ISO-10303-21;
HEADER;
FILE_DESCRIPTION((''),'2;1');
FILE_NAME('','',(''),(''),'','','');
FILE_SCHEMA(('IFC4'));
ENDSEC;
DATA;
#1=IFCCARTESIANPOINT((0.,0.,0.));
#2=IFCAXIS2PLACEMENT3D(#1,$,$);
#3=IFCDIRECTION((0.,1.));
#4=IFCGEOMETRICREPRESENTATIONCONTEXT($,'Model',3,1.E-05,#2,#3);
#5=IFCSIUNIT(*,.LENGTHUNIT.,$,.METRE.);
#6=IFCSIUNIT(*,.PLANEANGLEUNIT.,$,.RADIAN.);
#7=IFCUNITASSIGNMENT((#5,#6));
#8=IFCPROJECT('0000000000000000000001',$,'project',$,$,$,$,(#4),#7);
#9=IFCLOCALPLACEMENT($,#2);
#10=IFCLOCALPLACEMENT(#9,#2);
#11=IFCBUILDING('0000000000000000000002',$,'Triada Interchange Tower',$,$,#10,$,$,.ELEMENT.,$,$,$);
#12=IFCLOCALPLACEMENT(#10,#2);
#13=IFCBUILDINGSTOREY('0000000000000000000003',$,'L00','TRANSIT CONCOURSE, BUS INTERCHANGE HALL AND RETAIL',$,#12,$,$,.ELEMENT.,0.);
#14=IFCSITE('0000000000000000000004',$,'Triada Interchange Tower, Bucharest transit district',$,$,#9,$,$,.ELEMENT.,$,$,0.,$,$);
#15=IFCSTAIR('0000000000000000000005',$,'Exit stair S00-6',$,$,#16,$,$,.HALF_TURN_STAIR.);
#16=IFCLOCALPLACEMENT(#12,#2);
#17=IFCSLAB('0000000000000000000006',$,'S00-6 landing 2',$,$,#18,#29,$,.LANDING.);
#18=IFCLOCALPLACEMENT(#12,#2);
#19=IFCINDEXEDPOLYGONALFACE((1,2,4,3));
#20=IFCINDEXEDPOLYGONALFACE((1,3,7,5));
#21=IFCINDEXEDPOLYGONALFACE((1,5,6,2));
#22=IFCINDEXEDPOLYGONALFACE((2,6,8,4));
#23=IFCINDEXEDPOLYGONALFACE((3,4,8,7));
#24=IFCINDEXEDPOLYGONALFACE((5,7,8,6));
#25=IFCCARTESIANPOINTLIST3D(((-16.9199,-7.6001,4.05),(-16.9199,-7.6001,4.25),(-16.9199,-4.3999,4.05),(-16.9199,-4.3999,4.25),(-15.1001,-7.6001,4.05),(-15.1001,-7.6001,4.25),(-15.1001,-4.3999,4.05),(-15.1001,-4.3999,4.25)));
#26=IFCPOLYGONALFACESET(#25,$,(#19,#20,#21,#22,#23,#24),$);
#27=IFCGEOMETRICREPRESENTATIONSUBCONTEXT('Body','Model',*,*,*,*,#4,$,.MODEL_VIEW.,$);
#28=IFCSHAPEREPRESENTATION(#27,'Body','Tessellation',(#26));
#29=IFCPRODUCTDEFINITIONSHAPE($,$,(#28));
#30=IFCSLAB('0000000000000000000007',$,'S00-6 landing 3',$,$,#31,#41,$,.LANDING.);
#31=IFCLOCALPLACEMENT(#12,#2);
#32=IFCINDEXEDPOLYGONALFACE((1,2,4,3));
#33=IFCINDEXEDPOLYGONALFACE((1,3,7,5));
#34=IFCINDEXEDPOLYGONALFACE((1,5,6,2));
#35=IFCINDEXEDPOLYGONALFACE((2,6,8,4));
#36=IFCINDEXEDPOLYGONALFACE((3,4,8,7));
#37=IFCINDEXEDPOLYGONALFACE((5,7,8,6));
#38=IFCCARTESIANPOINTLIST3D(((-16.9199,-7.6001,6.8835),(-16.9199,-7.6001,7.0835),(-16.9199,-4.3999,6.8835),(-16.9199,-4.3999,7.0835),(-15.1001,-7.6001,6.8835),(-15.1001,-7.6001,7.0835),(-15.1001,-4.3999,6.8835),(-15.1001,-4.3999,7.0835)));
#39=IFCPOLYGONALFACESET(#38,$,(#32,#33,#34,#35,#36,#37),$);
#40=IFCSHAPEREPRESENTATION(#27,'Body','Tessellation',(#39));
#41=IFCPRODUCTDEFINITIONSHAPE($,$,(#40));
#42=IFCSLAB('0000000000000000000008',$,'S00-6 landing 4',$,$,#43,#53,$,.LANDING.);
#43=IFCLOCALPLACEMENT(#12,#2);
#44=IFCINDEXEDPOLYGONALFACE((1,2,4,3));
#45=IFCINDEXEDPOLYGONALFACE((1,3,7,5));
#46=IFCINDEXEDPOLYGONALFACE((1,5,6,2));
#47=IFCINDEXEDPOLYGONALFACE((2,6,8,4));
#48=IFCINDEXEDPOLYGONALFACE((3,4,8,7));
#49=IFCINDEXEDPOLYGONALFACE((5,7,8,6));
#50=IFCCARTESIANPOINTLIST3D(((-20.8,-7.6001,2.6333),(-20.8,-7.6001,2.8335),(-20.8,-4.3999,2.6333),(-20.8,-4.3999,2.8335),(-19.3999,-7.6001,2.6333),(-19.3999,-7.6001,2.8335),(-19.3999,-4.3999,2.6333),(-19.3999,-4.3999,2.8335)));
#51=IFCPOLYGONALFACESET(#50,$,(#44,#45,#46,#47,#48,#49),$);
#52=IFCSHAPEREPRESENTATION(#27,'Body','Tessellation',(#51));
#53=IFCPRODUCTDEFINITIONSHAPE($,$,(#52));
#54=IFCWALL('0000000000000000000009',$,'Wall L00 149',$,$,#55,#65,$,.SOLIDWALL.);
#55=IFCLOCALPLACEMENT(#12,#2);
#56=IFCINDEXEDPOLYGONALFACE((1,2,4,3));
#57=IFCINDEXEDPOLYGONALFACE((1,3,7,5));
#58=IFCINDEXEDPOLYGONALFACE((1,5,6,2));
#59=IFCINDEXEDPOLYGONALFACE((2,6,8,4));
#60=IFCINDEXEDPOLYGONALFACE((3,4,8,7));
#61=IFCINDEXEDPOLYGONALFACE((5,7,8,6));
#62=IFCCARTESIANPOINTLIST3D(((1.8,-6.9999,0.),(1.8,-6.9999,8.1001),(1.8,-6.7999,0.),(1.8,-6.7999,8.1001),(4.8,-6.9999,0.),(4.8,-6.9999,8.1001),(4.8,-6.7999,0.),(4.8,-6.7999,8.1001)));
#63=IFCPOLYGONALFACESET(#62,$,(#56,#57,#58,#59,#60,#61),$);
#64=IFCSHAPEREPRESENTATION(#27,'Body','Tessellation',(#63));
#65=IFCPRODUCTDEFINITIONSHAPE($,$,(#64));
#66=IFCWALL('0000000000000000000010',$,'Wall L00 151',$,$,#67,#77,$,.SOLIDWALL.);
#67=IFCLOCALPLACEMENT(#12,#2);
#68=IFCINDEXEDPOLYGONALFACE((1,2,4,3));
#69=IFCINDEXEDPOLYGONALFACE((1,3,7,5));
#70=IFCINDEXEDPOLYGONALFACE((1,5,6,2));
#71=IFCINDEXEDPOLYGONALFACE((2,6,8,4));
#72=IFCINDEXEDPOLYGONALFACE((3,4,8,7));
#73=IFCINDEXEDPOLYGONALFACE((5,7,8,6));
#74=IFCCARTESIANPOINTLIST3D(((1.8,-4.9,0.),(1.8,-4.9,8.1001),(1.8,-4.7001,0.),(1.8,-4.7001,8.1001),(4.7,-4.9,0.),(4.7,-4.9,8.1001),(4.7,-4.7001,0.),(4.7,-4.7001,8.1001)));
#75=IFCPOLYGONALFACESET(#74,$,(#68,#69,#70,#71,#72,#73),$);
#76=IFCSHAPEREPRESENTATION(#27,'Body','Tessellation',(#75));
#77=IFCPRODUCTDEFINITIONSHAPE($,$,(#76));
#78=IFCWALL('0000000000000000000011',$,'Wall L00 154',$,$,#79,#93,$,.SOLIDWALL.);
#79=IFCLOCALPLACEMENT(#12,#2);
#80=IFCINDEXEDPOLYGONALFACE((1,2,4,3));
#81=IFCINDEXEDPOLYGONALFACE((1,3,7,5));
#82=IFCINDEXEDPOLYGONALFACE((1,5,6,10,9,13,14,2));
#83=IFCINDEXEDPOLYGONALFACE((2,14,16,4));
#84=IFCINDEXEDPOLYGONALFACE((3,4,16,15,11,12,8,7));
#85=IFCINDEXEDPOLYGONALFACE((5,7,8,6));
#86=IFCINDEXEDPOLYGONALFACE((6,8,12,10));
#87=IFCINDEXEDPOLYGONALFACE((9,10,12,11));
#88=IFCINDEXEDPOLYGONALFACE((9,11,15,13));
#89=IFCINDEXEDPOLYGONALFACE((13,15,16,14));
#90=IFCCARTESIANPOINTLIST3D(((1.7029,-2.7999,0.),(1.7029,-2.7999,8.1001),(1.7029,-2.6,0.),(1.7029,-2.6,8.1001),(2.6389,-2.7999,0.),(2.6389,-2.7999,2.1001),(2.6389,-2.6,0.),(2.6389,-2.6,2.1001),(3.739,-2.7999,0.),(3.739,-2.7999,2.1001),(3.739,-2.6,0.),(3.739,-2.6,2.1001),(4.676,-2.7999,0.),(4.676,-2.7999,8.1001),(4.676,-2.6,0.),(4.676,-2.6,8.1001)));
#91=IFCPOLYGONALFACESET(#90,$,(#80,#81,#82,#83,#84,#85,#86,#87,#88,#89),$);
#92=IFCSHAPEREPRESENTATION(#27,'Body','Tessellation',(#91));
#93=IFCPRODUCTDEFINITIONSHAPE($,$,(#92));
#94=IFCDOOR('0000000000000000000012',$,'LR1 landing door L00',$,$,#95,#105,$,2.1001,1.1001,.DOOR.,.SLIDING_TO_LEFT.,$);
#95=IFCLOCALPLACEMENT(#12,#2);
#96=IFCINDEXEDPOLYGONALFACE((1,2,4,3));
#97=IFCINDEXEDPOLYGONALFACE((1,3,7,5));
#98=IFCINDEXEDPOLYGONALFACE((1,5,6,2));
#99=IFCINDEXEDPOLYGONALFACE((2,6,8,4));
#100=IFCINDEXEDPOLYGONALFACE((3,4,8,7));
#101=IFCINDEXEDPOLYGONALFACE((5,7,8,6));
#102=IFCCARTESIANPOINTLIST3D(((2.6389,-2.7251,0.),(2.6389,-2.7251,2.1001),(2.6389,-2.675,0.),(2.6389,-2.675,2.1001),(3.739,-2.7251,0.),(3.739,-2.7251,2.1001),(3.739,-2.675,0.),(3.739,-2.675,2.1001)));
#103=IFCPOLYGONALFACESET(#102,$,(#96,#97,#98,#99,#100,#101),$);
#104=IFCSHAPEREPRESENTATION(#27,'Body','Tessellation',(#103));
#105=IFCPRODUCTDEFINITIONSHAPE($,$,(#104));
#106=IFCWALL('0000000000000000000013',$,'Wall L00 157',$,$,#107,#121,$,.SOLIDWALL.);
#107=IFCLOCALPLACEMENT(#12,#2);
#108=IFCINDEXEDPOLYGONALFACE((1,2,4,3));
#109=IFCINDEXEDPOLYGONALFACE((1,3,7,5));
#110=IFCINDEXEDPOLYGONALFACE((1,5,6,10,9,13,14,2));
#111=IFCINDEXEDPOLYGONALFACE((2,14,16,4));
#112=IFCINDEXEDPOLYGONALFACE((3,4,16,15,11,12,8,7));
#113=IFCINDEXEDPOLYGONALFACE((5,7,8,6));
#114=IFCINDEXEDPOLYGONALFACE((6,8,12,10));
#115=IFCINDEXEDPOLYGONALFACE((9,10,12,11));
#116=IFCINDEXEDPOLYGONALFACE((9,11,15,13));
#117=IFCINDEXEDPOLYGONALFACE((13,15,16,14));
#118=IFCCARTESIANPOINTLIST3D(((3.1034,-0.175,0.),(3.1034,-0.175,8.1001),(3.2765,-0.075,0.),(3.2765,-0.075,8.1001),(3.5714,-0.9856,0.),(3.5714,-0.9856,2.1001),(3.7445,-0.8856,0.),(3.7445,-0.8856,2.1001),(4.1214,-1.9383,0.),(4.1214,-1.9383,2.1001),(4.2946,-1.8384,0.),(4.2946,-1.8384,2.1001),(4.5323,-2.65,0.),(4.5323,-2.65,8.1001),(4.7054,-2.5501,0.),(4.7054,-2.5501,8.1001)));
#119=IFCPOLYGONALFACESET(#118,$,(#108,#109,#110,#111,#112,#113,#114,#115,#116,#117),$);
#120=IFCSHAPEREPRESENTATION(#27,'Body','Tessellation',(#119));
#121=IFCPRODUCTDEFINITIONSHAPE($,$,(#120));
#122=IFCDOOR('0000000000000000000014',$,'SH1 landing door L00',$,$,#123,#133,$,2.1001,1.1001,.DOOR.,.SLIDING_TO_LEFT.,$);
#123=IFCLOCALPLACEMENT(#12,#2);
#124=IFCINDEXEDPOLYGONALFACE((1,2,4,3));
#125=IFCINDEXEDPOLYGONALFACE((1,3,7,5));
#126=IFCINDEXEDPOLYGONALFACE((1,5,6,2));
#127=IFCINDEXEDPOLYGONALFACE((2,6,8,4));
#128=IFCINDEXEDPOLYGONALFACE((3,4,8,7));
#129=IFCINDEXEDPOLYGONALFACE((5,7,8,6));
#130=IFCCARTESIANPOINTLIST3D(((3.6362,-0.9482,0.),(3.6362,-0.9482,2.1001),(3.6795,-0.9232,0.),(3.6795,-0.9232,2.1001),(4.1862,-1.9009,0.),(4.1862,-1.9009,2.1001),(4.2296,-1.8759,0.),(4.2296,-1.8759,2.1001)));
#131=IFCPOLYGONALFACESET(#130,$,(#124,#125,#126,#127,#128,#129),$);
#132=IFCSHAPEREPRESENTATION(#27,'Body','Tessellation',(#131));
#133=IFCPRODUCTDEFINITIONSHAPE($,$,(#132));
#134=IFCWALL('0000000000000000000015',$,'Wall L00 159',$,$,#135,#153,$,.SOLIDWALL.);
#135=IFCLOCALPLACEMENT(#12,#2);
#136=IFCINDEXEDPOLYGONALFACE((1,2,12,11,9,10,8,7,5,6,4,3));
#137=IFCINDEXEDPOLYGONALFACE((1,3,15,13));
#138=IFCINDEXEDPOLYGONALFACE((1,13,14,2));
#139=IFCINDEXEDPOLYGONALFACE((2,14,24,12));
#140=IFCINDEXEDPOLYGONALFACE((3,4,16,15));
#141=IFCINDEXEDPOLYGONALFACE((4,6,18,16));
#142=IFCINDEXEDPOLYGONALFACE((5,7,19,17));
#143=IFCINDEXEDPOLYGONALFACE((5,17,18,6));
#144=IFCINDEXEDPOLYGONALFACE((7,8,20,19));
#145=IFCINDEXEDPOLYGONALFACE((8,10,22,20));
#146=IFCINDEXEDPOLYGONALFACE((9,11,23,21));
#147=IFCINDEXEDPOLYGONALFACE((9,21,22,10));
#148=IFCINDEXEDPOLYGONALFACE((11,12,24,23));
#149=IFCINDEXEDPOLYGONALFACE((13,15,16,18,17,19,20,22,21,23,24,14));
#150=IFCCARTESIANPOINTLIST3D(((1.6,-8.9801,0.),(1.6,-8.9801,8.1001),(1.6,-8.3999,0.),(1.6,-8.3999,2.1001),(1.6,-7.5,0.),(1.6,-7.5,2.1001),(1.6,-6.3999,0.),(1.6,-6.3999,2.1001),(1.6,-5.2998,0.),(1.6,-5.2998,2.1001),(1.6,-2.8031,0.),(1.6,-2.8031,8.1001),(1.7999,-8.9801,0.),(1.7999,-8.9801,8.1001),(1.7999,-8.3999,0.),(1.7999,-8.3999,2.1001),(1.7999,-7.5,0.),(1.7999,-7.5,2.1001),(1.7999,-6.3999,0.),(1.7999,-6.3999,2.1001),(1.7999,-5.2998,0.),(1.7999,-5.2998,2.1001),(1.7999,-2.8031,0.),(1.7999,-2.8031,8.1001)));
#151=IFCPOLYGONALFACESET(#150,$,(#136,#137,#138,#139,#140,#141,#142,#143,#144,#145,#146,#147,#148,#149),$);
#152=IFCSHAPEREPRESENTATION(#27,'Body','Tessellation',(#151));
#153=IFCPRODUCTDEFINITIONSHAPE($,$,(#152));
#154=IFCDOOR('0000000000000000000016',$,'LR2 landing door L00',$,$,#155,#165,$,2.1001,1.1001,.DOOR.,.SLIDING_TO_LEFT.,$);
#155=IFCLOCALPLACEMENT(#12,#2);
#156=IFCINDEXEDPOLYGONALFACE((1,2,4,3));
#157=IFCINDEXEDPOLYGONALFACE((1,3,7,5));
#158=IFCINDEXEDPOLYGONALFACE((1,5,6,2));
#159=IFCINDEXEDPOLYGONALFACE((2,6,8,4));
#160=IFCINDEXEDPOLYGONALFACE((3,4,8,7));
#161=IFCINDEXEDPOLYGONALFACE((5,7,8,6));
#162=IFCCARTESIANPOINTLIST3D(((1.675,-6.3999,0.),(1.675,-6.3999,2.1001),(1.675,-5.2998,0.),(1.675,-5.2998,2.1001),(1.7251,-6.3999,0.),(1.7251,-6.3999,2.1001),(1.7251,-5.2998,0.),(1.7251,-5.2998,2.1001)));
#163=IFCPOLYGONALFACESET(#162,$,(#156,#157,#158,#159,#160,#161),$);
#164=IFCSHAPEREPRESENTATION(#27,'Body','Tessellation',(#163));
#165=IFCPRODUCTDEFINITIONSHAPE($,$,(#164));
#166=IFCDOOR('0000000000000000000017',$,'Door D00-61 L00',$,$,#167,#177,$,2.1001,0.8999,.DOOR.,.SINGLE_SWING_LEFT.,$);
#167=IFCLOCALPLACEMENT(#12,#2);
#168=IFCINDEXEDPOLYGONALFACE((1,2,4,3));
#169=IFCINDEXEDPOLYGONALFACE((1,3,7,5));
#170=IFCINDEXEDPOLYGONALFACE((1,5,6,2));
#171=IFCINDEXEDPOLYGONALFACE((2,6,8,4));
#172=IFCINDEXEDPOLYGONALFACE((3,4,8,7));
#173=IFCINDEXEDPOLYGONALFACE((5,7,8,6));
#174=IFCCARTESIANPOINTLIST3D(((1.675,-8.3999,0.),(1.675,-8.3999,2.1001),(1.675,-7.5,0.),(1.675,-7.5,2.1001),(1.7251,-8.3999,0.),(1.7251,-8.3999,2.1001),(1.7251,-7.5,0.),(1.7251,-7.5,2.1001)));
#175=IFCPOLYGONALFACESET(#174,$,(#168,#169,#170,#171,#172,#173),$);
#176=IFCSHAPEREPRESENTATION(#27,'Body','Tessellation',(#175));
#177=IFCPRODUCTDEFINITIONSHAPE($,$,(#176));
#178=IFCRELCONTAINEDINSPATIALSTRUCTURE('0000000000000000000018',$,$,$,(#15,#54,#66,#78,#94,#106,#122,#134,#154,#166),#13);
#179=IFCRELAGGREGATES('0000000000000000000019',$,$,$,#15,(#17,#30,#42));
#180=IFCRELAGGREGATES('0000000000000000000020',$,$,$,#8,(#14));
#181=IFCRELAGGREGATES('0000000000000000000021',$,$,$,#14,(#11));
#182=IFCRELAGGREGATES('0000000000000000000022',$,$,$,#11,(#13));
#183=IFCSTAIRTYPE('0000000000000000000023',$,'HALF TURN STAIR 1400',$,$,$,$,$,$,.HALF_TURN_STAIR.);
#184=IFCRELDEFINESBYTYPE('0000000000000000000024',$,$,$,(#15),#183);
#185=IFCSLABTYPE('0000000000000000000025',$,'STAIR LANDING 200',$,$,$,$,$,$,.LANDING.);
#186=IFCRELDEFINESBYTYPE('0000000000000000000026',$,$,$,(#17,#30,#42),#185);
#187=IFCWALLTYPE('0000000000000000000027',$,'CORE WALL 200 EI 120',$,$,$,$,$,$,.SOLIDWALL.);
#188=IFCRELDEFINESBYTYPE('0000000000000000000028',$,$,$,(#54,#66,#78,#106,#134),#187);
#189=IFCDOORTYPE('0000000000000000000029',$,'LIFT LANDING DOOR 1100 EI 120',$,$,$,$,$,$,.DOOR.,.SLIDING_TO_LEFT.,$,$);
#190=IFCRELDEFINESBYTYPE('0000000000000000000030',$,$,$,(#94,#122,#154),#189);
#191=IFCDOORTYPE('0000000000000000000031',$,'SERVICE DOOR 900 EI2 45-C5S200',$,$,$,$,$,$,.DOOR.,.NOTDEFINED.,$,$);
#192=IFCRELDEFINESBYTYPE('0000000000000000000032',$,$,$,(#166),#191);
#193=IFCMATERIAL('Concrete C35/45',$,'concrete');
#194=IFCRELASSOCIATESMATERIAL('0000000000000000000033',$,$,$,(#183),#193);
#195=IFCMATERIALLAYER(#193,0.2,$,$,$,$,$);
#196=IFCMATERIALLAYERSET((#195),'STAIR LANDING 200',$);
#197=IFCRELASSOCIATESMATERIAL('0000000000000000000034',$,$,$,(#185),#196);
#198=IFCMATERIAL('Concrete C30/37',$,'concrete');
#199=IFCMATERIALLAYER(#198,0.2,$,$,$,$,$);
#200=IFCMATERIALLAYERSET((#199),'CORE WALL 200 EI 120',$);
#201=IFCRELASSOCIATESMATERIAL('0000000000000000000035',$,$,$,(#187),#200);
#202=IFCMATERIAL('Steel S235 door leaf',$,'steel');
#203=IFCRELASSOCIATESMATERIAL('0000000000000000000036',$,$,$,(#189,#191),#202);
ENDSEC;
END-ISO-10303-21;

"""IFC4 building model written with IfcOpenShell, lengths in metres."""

from ifc_helpers import new_model, si_unit, direction, frame, frame_2d, origin, place, context, subcontext, project, spatial, polyline, rectangle, outline, extrude, material, layer, layer_set, type_object, element, fill, aggregate, save


model = new_model("IFC4")

# Units and contexts
model_context = context("Model", 3, precision=1e-05, world=origin(), true_north=direction((0.0, 1.0)))
body_context = subcontext(model_context, "Body", "Model", "MODEL_VIEW")
ifc_project = project(units=[si_unit("LENGTHUNIT", "METRE"), si_unit("PLANEANGLEUNIT", "RADIAN")], contexts=[model_context])

# Site, building, storey
site_placement = place(None, origin())
site = spatial("IfcSite", under=ifc_project, at=site_placement, Name="Triada Interchange Tower, Bucharest transit district", CompositionType="ELEMENT", RefElevation=0.0)
building_placement = place(site_placement, origin())
building = spatial("IfcBuilding", under=site, at=building_placement, Name="Triada Interchange Tower", CompositionType="ELEMENT")
storey_placement = place(building_placement, origin())
storey = spatial("IfcBuildingStorey", under=building, at=storey_placement, Name="L00", Description="TRANSIT CONCOURSE, BUS INTERCHANGE HALL AND RETAIL", CompositionType="ELEMENT", Elevation=0.0)

# Stair, slabs
ifc_material_1 = material(Name="Concrete C35/45", Category="concrete")
stair_type = type_object("IfcStairType", Name="HALF TURN STAIR 1400", PredefinedType="HALF_TURN_STAIR", material=ifc_material_1)
stair_1_placement = place(storey_placement, origin())
stair_1 = element("IfcStair", 1, at=stair_1_placement, inside=storey, type_object=stair_type, Name="Exit stair S00-6", PredefinedType="HALF_TURN_STAIR")
ifc_layer_1 = layer(ifc_material_1, 0.2)
ifc_layer_set_1 = layer_set([ifc_layer_1], Name="STAIR LANDING 200")
slab_type = type_object("IfcSlabType", Name="STAIR LANDING 200", PredefinedType="LANDING", material=ifc_layer_set_1)
slab_1_placement = place(storey_placement, frame((0.0, 0.0, 4.05)))
slab_1 = element("IfcSlab", 2, at=slab_1_placement, type_object=slab_type, Name="S00-6 landing 2", PredefinedType="LANDING", context=body_context, shape_type="SweptSolid", body=[
    extrude(outline(polyline([(-15.1001, -4.3999), (-16.9199, -4.3999), (-16.9199, -7.6001), (-15.1001, -7.6001), (-15.1001, -4.3999)])), origin(), (0.0, 0.0, 1.0), 0.2),
])
slab_2_placement = place(storey_placement, frame((0.0, 0.0, 6.8835)))
slab_2 = element("IfcSlab", 3, at=slab_2_placement, type_object=slab_type, Name="S00-6 landing 3", PredefinedType="LANDING", context=body_context, shape_type="SweptSolid", body=[
    extrude(outline(polyline([(-15.1001, -4.3999), (-16.9199, -4.3999), (-16.9199, -7.6001), (-15.1001, -7.6001), (-15.1001, -4.3999)])), origin(), (0.0, 0.0, 1.0), 0.2),
])
slab_3_placement = place(storey_placement, frame((0.0, 0.0, 2.6333)))
slab_3 = element("IfcSlab", 4, at=slab_3_placement, type_object=slab_type, Name="S00-6 landing 4", PredefinedType="LANDING", context=body_context, shape_type="SweptSolid", body=[
    extrude(outline(polyline([(-19.3999, -4.3999), (-20.8, -4.3999), (-20.8, -7.6001), (-19.3999, -7.6001), (-19.3999, -4.3999)])), origin(), (0.0, 0.0, 1.0), 0.2002),
])
aggregate(stair_1, [slab_1, slab_2, slab_3])

# Walls
ifc_material_2 = material(Name="Concrete C30/37", Category="concrete")
ifc_layer_2 = layer(ifc_material_2, 0.2)
ifc_layer_set_2 = layer_set([ifc_layer_2], Name="CORE WALL 200 EI 120")
wall_type_1 = type_object("IfcWallType", Name="CORE WALL 200 EI 120", PredefinedType="SOLIDWALL", material=ifc_layer_set_2)
wall_1_placement = place(storey_placement, frame((1.8, -6.8999, 0.0), z_axis=(0.0, 0.0, 1.0), x_axis=(1.0, 0.0, 0.0)))
element("IfcWall", 5, at=wall_1_placement, inside=storey, type_object=wall_type_1, Name="Wall L00 149", PredefinedType="SOLIDWALL", context=body_context, shape_type="SweptSolid", body=[
    extrude(rectangle(XDim=3.0, YDim=0.2, at=frame_2d((1.5, 0.0))), origin(), (0.0, 0.0, 1.0), 8.1001),
])
wall_2_placement = place(storey_placement, frame((1.8, -4.8, 0.0), z_axis=(0.0, 0.0, 1.0), x_axis=(1.0, 0.0, 0.0)))
element("IfcWall", 6, at=wall_2_placement, inside=storey, type_object=wall_type_1, Name="Wall L00 151", PredefinedType="SOLIDWALL", context=body_context, shape_type="SweptSolid", body=[
    extrude(rectangle(XDim=2.8999, YDim=0.2, at=frame_2d((1.45, 0.0))), origin(), (0.0, 0.0, 1.0), 8.1001),
])

# Walls, openings, doors
wall_3_placement = place(storey_placement, frame((1.7029, -2.7, 0.0), z_axis=(0.0, 0.0, 1.0), x_axis=(1.0, 0.0, 0.0)))
wall_3 = element("IfcWall", 7, at=wall_3_placement, inside=storey, type_object=wall_type_1, Name="Wall L00 154", PredefinedType="SOLIDWALL", context=body_context, shape_type="SweptSolid", body=[
    extrude(rectangle(XDim=2.9731, YDim=0.2, at=frame_2d((1.4866, 0.0))), origin(), (0.0, 0.0, 1.0), 8.1001),
])
opening_1_placement = place(wall_3_placement, frame((0.936, 0.0, 0.0)))
opening_1 = element("IfcOpeningElement", 8, at=opening_1_placement, cuts=wall_3, PredefinedType="OPENING", context=body_context, shape_type="SweptSolid", body=[
    extrude(rectangle(XDim=1.1001, YDim=2.1001, at=frame_2d((0.55, 1.05))), frame((0.0, 0.1099, 0.0), z_axis=(0.0, -1.0, 0.0), x_axis=(1.0, 0.0, 0.0)), (0.0, 0.0, 1.0), 0.22),
])
ifc_material_3 = material(Name="Steel S235 door leaf", Category="steel")
door_type_1 = type_object("IfcDoorType", Name="LIFT LANDING DOOR 1100 EI 120", OperationType="SLIDING_TO_LEFT", PredefinedType="DOOR", material=ifc_material_3)
door_1_placement = place(opening_1_placement, origin())
door_1 = element("IfcDoor", 9, at=door_1_placement, inside=storey, type_object=door_type_1, Name="LR1 landing door L00", OperationType="SLIDING_TO_LEFT", OverallHeight=2.1001, OverallWidth=1.1001, PredefinedType="DOOR", context=body_context, shape_type="SweptSolid", body=[
    extrude(rectangle(XDim=1.1001, YDim=2.1001, at=frame_2d((0.55, 1.05))), frame((0.0, 0.0249, 0.0), z_axis=(0.0, -1.0, 0.0), x_axis=(1.0, 0.0, 0.0)), (0.0, 0.0, 1.0), 0.05),
])
fill(opening_1, door_1)
wall_4_placement = place(storey_placement, frame((3.1899, -0.125, 0.0), z_axis=(0.0, 0.0, 1.0), x_axis=(0.499989, -0.866032, 0.0)))
wall_4 = element("IfcWall", 10, at=wall_4_placement, inside=storey, type_object=wall_type_1, Name="Wall L00 157", PredefinedType="SOLIDWALL", context=body_context, shape_type="SweptSolid", body=[
    extrude(rectangle(XDim=2.8579, YDim=0.2, at=frame_2d((1.429, 0.0))), origin(), (0.0, 0.0, 1.0), 8.1001),
])
opening_2_placement = place(wall_4_placement, frame((0.936, 0.0, 0.0)))
opening_2 = element("IfcOpeningElement", 11, at=opening_2_placement, cuts=wall_4, PredefinedType="OPENING", context=body_context, shape_type="SweptSolid", body=[
    extrude(rectangle(XDim=1.1001, YDim=2.1001, at=frame_2d((0.55, 1.05))), frame((0.0, 0.1099, 0.0), z_axis=(0.0, -1.0, 0.0), x_axis=(1.0, 0.0, 0.0)), (0.0, 0.0, 1.0), 0.22),
])
door_2_placement = place(opening_2_placement, origin())
door_2 = element("IfcDoor", 12, at=door_2_placement, inside=storey, type_object=door_type_1, Name="SH1 landing door L00", OperationType="SLIDING_TO_LEFT", OverallHeight=2.1001, OverallWidth=1.1001, PredefinedType="DOOR", context=body_context, shape_type="SweptSolid", body=[
    extrude(rectangle(XDim=1.1001, YDim=2.1001, at=frame_2d((0.55, 1.05))), frame((0.0, 0.0249, 0.0), z_axis=(0.0, -1.0, 0.0), x_axis=(1.0, 0.0, 0.0)), (0.0, 0.0, 1.0), 0.05),
])
fill(opening_2, door_2)

# Wall, openings, doors
wall_5_placement = place(storey_placement, frame((1.7, -8.98, 0.0), z_axis=(0.0, 0.0, 1.0), x_axis=(0.0, 1.0, 0.0)))
wall_5 = element("IfcWall", 13, at=wall_5_placement, inside=storey, type_object=wall_type_1, Name="Wall L00 159", PredefinedType="SOLIDWALL", context=body_context, shape_type="SweptSolid", body=[
    extrude(rectangle(XDim=6.177, YDim=0.2, at=frame_2d((3.0884, 0.0))), origin(), (0.0, 0.0, 1.0), 8.1001),
])
opening_3_placement = place(wall_5_placement, frame((2.5801, 0.0, 0.0)))
opening_3 = element("IfcOpeningElement", 14, at=opening_3_placement, cuts=wall_5, PredefinedType="OPENING", context=body_context, shape_type="SweptSolid", body=[
    extrude(rectangle(XDim=1.1001, YDim=2.1001, at=frame_2d((0.55, 1.05))), frame((0.0, 0.1099, 0.0), z_axis=(0.0, -1.0, 0.0), x_axis=(1.0, 0.0, 0.0)), (0.0, 0.0, 1.0), 0.22),
])
opening_4_placement = place(wall_5_placement, frame((0.5801, 0.0, 0.0)))
opening_4 = element("IfcOpeningElement", 15, at=opening_4_placement, cuts=wall_5, PredefinedType="OPENING", context=body_context, shape_type="SweptSolid", body=[
    extrude(rectangle(XDim=0.8999, YDim=2.1001, at=frame_2d((0.45, 1.05))), frame((0.0, 0.1099, 0.0), z_axis=(0.0, -1.0, 0.0), x_axis=(1.0, 0.0, 0.0)), (0.0, 0.0, 1.0), 0.22),
])
door_3_placement = place(opening_3_placement, origin())
door_3 = element("IfcDoor", 16, at=door_3_placement, inside=storey, type_object=door_type_1, Name="LR2 landing door L00", OperationType="SLIDING_TO_LEFT", OverallHeight=2.1001, OverallWidth=1.1001, PredefinedType="DOOR", context=body_context, shape_type="SweptSolid", body=[
    extrude(rectangle(XDim=1.1001, YDim=2.1001, at=frame_2d((0.55, 1.05))), frame((0.0, 0.0249, 0.0), z_axis=(0.0, -1.0, 0.0), x_axis=(1.0, 0.0, 0.0)), (0.0, 0.0, 1.0), 0.05),
])
fill(opening_3, door_3)
door_type_2 = type_object("IfcDoorType", Name="SERVICE DOOR 900 EI2 45-C5S200", OperationType="NOTDEFINED", PredefinedType="DOOR", material=ifc_material_3)
door_4_placement = place(opening_4_placement, origin())
door_4 = element("IfcDoor", 17, at=door_4_placement, inside=storey, type_object=door_type_2, Name="Door D00-61 L00", OperationType="SINGLE_SWING_LEFT", OverallHeight=2.1001, OverallWidth=0.8999, PredefinedType="DOOR", context=body_context, shape_type="SweptSolid", body=[
    extrude(rectangle(XDim=0.8999, YDim=2.1001, at=frame_2d((0.45, 1.05))), frame((0.0, 0.0249, 0.0), z_axis=(0.0, -1.0, 0.0), x_axis=(1.0, 0.0, 0.0)), (0.0, 0.0, 1.0), 0.05),
])
fill(opening_4, door_4)

save(model, "model.ifc")
